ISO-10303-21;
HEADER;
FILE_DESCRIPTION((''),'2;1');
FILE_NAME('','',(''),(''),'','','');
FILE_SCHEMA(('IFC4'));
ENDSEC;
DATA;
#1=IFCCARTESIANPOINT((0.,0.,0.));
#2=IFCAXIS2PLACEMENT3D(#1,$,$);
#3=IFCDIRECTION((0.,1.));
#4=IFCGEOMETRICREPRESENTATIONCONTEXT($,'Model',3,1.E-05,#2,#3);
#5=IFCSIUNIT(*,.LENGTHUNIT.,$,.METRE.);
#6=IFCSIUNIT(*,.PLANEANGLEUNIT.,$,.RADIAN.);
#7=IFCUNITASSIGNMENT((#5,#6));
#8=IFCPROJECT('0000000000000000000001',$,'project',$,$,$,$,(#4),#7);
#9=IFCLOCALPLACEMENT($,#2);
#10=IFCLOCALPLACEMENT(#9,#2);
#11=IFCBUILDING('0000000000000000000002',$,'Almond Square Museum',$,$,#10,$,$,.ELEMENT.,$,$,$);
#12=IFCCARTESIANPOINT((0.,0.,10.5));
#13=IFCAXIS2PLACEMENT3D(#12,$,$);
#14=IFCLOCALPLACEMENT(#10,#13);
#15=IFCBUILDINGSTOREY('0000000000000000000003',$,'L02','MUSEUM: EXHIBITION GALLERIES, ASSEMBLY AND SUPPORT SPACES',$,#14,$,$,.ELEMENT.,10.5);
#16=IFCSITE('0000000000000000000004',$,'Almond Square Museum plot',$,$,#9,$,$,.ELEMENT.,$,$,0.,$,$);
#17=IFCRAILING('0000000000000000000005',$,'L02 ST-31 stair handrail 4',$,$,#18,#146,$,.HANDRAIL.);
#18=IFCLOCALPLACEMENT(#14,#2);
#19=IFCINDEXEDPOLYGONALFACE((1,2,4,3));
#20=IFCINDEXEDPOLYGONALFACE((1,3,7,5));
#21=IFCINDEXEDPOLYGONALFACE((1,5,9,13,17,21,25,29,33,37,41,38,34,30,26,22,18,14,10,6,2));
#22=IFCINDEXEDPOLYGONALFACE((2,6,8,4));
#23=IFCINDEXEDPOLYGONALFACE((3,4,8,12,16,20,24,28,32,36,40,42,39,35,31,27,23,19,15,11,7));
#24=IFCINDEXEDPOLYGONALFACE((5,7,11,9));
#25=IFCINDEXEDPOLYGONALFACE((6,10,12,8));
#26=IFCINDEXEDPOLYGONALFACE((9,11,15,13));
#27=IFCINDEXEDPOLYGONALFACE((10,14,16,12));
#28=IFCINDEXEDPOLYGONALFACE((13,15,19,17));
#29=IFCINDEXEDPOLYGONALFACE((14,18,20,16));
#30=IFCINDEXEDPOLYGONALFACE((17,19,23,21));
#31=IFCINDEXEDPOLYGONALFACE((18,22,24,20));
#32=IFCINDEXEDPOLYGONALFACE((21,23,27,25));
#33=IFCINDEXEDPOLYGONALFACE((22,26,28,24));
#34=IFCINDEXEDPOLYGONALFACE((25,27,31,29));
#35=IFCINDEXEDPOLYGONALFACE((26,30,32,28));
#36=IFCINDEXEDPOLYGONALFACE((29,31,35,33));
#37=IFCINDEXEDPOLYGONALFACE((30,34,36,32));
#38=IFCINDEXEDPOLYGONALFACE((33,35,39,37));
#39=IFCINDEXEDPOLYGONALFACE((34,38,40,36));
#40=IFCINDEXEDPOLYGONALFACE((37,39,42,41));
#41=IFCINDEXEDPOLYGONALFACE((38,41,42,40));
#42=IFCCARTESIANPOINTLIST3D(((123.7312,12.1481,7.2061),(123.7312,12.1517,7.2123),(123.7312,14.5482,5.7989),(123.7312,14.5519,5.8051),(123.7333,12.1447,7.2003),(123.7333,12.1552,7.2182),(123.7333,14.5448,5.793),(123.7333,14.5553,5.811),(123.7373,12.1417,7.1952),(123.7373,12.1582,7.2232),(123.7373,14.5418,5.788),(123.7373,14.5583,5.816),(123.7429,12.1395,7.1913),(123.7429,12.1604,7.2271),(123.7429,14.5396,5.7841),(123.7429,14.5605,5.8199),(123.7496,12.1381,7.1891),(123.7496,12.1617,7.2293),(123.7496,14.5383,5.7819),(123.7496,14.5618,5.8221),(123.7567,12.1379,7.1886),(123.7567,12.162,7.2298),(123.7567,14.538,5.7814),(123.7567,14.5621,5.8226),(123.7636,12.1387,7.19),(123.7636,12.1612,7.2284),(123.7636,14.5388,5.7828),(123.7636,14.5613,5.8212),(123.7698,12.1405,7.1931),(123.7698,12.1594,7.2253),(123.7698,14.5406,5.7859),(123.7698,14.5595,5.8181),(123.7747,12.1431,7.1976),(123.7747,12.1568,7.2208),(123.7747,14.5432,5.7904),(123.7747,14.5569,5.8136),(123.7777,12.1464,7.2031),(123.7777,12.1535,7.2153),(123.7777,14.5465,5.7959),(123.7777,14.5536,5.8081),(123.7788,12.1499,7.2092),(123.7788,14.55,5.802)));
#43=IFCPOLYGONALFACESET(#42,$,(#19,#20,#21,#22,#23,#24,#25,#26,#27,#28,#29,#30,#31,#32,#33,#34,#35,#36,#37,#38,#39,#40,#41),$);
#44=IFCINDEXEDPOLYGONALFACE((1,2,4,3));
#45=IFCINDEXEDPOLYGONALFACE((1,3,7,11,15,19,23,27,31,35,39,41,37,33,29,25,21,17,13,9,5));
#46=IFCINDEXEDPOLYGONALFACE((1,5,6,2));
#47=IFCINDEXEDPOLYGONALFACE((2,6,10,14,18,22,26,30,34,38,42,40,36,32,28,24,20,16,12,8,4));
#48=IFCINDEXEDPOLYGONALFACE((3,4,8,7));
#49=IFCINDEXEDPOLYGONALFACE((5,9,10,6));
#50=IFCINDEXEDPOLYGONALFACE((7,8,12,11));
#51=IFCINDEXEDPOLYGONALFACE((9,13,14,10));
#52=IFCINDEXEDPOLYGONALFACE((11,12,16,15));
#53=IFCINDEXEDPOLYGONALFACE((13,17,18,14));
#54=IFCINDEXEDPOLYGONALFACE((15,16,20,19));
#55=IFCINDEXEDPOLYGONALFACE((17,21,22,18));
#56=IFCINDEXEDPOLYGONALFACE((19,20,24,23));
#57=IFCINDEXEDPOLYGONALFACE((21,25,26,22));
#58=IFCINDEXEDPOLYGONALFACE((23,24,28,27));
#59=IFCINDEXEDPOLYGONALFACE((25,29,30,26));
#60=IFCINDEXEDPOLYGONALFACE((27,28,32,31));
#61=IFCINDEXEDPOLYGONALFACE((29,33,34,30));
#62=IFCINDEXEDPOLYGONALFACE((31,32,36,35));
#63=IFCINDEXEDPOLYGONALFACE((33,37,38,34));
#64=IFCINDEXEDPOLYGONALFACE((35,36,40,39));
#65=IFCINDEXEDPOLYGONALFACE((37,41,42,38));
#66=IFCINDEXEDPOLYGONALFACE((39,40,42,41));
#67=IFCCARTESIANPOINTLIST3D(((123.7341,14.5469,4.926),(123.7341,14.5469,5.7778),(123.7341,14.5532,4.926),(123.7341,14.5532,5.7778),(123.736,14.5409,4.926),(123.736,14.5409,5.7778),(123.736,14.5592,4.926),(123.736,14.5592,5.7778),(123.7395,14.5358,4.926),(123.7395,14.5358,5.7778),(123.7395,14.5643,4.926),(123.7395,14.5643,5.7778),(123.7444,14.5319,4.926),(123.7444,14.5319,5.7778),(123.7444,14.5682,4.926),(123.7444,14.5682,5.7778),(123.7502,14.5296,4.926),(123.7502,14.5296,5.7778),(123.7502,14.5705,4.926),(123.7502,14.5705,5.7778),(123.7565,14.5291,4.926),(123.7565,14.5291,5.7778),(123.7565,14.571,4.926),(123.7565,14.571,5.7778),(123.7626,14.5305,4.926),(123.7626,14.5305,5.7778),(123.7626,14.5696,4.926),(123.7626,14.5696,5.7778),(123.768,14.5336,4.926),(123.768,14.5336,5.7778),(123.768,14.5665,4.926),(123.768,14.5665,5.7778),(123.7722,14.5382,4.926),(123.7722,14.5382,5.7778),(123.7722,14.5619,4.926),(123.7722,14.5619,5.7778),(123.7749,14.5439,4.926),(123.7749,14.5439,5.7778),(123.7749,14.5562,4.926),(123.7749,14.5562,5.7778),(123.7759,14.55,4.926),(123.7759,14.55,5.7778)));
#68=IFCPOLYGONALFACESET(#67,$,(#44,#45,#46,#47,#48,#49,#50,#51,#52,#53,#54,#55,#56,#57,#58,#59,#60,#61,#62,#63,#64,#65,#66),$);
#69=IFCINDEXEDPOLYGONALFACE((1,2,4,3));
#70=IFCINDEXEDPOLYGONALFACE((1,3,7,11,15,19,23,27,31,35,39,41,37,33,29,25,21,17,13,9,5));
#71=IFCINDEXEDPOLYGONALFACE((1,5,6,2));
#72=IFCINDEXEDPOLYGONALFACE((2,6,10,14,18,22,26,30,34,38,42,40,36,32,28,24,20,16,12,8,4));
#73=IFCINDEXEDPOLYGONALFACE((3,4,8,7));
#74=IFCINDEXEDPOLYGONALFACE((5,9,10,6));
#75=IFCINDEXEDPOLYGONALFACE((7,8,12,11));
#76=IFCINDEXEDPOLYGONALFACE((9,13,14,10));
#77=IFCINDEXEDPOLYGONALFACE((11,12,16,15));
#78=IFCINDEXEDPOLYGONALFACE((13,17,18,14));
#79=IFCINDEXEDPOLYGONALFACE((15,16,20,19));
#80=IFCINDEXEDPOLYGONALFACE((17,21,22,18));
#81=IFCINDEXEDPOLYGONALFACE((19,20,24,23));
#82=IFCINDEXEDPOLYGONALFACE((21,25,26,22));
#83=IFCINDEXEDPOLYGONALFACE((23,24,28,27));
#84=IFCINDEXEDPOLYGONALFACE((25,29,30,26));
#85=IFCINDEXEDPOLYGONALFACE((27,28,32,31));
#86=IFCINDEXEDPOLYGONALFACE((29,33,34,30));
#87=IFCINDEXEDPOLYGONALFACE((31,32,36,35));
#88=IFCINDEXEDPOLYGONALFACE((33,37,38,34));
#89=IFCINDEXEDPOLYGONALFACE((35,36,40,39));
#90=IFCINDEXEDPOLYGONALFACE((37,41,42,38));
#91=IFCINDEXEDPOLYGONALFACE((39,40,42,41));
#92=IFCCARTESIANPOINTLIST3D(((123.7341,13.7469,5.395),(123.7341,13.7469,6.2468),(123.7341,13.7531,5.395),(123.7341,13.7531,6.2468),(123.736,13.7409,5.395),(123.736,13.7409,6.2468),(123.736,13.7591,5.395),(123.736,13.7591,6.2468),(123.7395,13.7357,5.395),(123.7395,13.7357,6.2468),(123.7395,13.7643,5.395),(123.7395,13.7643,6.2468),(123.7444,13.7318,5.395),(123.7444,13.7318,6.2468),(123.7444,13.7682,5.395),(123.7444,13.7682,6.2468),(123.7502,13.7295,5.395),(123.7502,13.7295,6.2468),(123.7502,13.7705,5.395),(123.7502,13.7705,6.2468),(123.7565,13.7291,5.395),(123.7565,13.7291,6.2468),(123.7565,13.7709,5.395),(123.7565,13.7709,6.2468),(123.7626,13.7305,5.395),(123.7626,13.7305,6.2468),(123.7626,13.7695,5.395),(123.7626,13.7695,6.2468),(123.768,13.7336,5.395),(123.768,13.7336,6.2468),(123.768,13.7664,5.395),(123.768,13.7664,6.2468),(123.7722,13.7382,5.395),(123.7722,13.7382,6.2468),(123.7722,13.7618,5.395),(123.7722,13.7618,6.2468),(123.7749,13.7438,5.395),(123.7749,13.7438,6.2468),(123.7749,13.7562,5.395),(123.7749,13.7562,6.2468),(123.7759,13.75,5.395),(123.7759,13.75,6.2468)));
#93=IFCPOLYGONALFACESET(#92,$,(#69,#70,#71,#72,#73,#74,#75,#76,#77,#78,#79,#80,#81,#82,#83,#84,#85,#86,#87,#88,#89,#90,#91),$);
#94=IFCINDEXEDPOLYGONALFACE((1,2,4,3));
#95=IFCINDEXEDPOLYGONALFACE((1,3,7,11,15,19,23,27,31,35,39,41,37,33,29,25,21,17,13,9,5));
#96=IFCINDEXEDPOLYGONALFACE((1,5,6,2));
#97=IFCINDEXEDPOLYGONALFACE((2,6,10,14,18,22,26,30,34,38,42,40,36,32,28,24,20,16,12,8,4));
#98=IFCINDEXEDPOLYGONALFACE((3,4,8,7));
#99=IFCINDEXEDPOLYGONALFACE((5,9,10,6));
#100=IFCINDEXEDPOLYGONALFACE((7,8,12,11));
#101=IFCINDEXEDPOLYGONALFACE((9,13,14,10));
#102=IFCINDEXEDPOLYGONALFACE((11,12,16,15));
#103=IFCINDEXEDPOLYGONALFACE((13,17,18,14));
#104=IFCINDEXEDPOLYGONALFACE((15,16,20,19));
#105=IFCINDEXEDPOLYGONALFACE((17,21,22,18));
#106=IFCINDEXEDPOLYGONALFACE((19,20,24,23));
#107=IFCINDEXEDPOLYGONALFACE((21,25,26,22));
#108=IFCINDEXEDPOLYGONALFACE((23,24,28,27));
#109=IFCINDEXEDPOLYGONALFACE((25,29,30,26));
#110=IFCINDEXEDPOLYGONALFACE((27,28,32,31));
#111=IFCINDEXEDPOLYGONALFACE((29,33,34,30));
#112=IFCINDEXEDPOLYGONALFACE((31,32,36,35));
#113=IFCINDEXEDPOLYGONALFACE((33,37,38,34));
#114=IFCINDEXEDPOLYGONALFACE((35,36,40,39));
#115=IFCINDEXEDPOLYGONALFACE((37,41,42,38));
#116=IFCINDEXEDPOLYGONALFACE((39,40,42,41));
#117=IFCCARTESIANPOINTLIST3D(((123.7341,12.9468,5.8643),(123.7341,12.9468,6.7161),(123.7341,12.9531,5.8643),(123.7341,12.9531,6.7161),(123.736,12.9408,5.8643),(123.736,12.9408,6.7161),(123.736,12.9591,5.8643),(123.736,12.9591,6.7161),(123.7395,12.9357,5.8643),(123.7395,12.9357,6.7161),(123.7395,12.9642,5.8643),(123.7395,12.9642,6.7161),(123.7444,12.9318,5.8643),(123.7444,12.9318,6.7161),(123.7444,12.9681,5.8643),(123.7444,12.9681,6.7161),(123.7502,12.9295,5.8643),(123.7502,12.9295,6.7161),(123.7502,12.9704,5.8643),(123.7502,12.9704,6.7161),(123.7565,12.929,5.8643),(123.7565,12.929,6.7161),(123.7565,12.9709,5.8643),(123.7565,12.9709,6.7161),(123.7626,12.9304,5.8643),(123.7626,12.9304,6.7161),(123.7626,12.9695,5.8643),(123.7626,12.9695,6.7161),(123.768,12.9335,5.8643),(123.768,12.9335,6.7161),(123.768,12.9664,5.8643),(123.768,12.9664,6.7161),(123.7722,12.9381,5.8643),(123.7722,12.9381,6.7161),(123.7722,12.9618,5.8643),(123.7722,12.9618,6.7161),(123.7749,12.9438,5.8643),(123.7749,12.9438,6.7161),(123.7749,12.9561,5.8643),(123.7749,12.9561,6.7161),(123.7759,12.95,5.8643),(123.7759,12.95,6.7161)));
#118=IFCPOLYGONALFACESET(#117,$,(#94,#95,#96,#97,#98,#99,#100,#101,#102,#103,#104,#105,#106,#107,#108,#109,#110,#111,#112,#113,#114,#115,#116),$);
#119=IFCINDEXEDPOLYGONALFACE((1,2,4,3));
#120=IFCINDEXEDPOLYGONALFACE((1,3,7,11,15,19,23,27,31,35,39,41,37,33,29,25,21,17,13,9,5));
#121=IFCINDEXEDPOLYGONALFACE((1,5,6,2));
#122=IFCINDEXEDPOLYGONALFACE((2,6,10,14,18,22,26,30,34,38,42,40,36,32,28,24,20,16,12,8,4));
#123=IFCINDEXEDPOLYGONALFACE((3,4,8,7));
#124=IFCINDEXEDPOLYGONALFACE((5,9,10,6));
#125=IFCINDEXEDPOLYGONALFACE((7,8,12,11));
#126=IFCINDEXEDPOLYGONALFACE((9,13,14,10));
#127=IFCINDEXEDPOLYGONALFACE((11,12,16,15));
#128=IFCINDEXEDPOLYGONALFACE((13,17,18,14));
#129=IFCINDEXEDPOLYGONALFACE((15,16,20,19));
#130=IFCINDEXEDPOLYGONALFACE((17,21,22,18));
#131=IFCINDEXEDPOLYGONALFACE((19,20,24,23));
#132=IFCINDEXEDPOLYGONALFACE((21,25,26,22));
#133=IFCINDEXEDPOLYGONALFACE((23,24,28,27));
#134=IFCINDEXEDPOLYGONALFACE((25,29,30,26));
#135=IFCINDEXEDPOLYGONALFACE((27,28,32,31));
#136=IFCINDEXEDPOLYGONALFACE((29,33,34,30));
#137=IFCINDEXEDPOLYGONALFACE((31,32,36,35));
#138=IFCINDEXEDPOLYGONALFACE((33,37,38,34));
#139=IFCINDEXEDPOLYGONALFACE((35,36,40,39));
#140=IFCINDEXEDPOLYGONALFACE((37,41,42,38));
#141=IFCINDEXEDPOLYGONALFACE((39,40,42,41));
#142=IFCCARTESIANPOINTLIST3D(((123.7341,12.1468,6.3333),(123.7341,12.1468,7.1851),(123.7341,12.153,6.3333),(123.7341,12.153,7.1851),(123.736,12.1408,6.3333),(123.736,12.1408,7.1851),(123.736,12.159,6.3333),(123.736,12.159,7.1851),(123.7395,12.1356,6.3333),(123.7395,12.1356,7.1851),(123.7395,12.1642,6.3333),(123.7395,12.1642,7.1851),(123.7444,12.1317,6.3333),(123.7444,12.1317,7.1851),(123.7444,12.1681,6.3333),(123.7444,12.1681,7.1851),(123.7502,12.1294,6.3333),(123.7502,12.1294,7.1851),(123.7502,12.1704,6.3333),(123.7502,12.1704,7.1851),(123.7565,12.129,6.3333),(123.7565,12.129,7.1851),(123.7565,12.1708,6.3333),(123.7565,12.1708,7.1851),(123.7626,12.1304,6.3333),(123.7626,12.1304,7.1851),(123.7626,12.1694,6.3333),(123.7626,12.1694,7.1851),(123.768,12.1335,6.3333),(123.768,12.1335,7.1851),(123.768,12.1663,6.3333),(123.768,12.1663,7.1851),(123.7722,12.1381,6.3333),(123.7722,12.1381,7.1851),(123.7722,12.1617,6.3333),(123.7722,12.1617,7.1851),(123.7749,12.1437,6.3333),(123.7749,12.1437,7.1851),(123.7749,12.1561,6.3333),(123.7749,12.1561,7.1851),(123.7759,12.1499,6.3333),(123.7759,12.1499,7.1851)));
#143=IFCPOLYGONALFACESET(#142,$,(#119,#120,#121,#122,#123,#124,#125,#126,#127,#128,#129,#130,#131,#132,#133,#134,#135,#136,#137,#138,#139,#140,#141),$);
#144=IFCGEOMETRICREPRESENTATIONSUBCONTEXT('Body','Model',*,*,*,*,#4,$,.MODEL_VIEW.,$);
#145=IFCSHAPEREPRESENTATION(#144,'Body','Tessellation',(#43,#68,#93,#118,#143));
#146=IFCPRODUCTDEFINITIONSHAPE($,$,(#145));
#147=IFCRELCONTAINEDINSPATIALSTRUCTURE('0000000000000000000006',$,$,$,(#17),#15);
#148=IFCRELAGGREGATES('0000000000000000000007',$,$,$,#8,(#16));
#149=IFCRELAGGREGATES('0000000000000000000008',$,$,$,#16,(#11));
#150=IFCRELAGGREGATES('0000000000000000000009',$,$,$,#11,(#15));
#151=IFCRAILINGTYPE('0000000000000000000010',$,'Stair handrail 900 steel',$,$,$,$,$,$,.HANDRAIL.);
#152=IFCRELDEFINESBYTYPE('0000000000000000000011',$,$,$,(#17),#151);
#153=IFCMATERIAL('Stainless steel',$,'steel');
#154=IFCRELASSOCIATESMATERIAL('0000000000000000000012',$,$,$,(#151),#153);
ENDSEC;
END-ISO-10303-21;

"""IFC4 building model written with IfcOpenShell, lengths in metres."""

from ifc_helpers import new_model, si_unit, direction, frame, origin, origin_2d, place, context, subcontext, project, spatial, circle, extrude, material, type_object, element, save


model = new_model("IFC4")

# Units and contexts
model_context = context("Model", 3, precision=1e-05, world=origin(), true_north=direction((0.0, 1.0)))
body_context = subcontext(model_context, "Body", "Model", "MODEL_VIEW")
ifc_project = project(units=[si_unit("LENGTHUNIT", "METRE"), si_unit("PLANEANGLEUNIT", "RADIAN")], contexts=[model_context])

# Site, building, storey
site_placement = place(None, origin())
site = spatial("IfcSite", under=ifc_project, at=site_placement, Name="Almond Square Museum plot", CompositionType="ELEMENT", RefElevation=0.0)
building_placement = place(site_placement, origin())
building = spatial("IfcBuilding", under=site, at=building_placement, Name="Almond Square Museum", CompositionType="ELEMENT")
storey_placement = place(building_placement, frame((0.0, 0.0, 10.5)))
storey = spatial("IfcBuildingStorey", under=building, at=storey_placement, Name="L02", Description="MUSEUM: EXHIBITION GALLERIES, ASSEMBLY AND SUPPORT SPACES", CompositionType="ELEMENT", Elevation=10.5)

# Railing
ifc_material_1 = material(Name="Stainless steel", Category="steel")
railing_type_1 = type_object("IfcRailingType", Name="Stair handrail 900 steel", PredefinedType="HANDRAIL", material=ifc_material_1)
railing_1_placement = place(storey_placement, frame((123.7549, 14.55, 4.926)))
element("IfcRailing", 1, at=railing_1_placement, inside=storey, type_object=railing_type_1, Name="L02 ST-31 stair handrail 4", PredefinedType="HANDRAIL", context=body_context, shape_type="SweptSolid", body=[
    extrude(circle(Radius=0.0239, at=origin_2d()), frame((0.0, 0.0, 0.876), z_axis=(0.0, -0.86266, 0.505785), x_axis=(1.0, 0.0, 0.0)), (0.0, 0.0, 1.0), 2.7822),
    extrude(circle(Radius=0.021, at=origin_2d()), origin(), (0.0, 0.0, 1.0), 0.8518),
    extrude(circle(Radius=0.021, at=origin_2d()), frame((0.0, -0.8, 0.469)), (0.0, 0.0, 1.0), 0.8518),
    extrude(circle(Radius=0.021, at=origin_2d()), frame((0.0, -1.6001, 0.9382)), (0.0, 0.0, 1.0), 0.8518),
    extrude(circle(Radius=0.021, at=origin_2d()), frame((0.0, -2.4001, 1.4072)), (0.0, 0.0, 1.0), 0.8518),
])

save(model, "model.ifc")
